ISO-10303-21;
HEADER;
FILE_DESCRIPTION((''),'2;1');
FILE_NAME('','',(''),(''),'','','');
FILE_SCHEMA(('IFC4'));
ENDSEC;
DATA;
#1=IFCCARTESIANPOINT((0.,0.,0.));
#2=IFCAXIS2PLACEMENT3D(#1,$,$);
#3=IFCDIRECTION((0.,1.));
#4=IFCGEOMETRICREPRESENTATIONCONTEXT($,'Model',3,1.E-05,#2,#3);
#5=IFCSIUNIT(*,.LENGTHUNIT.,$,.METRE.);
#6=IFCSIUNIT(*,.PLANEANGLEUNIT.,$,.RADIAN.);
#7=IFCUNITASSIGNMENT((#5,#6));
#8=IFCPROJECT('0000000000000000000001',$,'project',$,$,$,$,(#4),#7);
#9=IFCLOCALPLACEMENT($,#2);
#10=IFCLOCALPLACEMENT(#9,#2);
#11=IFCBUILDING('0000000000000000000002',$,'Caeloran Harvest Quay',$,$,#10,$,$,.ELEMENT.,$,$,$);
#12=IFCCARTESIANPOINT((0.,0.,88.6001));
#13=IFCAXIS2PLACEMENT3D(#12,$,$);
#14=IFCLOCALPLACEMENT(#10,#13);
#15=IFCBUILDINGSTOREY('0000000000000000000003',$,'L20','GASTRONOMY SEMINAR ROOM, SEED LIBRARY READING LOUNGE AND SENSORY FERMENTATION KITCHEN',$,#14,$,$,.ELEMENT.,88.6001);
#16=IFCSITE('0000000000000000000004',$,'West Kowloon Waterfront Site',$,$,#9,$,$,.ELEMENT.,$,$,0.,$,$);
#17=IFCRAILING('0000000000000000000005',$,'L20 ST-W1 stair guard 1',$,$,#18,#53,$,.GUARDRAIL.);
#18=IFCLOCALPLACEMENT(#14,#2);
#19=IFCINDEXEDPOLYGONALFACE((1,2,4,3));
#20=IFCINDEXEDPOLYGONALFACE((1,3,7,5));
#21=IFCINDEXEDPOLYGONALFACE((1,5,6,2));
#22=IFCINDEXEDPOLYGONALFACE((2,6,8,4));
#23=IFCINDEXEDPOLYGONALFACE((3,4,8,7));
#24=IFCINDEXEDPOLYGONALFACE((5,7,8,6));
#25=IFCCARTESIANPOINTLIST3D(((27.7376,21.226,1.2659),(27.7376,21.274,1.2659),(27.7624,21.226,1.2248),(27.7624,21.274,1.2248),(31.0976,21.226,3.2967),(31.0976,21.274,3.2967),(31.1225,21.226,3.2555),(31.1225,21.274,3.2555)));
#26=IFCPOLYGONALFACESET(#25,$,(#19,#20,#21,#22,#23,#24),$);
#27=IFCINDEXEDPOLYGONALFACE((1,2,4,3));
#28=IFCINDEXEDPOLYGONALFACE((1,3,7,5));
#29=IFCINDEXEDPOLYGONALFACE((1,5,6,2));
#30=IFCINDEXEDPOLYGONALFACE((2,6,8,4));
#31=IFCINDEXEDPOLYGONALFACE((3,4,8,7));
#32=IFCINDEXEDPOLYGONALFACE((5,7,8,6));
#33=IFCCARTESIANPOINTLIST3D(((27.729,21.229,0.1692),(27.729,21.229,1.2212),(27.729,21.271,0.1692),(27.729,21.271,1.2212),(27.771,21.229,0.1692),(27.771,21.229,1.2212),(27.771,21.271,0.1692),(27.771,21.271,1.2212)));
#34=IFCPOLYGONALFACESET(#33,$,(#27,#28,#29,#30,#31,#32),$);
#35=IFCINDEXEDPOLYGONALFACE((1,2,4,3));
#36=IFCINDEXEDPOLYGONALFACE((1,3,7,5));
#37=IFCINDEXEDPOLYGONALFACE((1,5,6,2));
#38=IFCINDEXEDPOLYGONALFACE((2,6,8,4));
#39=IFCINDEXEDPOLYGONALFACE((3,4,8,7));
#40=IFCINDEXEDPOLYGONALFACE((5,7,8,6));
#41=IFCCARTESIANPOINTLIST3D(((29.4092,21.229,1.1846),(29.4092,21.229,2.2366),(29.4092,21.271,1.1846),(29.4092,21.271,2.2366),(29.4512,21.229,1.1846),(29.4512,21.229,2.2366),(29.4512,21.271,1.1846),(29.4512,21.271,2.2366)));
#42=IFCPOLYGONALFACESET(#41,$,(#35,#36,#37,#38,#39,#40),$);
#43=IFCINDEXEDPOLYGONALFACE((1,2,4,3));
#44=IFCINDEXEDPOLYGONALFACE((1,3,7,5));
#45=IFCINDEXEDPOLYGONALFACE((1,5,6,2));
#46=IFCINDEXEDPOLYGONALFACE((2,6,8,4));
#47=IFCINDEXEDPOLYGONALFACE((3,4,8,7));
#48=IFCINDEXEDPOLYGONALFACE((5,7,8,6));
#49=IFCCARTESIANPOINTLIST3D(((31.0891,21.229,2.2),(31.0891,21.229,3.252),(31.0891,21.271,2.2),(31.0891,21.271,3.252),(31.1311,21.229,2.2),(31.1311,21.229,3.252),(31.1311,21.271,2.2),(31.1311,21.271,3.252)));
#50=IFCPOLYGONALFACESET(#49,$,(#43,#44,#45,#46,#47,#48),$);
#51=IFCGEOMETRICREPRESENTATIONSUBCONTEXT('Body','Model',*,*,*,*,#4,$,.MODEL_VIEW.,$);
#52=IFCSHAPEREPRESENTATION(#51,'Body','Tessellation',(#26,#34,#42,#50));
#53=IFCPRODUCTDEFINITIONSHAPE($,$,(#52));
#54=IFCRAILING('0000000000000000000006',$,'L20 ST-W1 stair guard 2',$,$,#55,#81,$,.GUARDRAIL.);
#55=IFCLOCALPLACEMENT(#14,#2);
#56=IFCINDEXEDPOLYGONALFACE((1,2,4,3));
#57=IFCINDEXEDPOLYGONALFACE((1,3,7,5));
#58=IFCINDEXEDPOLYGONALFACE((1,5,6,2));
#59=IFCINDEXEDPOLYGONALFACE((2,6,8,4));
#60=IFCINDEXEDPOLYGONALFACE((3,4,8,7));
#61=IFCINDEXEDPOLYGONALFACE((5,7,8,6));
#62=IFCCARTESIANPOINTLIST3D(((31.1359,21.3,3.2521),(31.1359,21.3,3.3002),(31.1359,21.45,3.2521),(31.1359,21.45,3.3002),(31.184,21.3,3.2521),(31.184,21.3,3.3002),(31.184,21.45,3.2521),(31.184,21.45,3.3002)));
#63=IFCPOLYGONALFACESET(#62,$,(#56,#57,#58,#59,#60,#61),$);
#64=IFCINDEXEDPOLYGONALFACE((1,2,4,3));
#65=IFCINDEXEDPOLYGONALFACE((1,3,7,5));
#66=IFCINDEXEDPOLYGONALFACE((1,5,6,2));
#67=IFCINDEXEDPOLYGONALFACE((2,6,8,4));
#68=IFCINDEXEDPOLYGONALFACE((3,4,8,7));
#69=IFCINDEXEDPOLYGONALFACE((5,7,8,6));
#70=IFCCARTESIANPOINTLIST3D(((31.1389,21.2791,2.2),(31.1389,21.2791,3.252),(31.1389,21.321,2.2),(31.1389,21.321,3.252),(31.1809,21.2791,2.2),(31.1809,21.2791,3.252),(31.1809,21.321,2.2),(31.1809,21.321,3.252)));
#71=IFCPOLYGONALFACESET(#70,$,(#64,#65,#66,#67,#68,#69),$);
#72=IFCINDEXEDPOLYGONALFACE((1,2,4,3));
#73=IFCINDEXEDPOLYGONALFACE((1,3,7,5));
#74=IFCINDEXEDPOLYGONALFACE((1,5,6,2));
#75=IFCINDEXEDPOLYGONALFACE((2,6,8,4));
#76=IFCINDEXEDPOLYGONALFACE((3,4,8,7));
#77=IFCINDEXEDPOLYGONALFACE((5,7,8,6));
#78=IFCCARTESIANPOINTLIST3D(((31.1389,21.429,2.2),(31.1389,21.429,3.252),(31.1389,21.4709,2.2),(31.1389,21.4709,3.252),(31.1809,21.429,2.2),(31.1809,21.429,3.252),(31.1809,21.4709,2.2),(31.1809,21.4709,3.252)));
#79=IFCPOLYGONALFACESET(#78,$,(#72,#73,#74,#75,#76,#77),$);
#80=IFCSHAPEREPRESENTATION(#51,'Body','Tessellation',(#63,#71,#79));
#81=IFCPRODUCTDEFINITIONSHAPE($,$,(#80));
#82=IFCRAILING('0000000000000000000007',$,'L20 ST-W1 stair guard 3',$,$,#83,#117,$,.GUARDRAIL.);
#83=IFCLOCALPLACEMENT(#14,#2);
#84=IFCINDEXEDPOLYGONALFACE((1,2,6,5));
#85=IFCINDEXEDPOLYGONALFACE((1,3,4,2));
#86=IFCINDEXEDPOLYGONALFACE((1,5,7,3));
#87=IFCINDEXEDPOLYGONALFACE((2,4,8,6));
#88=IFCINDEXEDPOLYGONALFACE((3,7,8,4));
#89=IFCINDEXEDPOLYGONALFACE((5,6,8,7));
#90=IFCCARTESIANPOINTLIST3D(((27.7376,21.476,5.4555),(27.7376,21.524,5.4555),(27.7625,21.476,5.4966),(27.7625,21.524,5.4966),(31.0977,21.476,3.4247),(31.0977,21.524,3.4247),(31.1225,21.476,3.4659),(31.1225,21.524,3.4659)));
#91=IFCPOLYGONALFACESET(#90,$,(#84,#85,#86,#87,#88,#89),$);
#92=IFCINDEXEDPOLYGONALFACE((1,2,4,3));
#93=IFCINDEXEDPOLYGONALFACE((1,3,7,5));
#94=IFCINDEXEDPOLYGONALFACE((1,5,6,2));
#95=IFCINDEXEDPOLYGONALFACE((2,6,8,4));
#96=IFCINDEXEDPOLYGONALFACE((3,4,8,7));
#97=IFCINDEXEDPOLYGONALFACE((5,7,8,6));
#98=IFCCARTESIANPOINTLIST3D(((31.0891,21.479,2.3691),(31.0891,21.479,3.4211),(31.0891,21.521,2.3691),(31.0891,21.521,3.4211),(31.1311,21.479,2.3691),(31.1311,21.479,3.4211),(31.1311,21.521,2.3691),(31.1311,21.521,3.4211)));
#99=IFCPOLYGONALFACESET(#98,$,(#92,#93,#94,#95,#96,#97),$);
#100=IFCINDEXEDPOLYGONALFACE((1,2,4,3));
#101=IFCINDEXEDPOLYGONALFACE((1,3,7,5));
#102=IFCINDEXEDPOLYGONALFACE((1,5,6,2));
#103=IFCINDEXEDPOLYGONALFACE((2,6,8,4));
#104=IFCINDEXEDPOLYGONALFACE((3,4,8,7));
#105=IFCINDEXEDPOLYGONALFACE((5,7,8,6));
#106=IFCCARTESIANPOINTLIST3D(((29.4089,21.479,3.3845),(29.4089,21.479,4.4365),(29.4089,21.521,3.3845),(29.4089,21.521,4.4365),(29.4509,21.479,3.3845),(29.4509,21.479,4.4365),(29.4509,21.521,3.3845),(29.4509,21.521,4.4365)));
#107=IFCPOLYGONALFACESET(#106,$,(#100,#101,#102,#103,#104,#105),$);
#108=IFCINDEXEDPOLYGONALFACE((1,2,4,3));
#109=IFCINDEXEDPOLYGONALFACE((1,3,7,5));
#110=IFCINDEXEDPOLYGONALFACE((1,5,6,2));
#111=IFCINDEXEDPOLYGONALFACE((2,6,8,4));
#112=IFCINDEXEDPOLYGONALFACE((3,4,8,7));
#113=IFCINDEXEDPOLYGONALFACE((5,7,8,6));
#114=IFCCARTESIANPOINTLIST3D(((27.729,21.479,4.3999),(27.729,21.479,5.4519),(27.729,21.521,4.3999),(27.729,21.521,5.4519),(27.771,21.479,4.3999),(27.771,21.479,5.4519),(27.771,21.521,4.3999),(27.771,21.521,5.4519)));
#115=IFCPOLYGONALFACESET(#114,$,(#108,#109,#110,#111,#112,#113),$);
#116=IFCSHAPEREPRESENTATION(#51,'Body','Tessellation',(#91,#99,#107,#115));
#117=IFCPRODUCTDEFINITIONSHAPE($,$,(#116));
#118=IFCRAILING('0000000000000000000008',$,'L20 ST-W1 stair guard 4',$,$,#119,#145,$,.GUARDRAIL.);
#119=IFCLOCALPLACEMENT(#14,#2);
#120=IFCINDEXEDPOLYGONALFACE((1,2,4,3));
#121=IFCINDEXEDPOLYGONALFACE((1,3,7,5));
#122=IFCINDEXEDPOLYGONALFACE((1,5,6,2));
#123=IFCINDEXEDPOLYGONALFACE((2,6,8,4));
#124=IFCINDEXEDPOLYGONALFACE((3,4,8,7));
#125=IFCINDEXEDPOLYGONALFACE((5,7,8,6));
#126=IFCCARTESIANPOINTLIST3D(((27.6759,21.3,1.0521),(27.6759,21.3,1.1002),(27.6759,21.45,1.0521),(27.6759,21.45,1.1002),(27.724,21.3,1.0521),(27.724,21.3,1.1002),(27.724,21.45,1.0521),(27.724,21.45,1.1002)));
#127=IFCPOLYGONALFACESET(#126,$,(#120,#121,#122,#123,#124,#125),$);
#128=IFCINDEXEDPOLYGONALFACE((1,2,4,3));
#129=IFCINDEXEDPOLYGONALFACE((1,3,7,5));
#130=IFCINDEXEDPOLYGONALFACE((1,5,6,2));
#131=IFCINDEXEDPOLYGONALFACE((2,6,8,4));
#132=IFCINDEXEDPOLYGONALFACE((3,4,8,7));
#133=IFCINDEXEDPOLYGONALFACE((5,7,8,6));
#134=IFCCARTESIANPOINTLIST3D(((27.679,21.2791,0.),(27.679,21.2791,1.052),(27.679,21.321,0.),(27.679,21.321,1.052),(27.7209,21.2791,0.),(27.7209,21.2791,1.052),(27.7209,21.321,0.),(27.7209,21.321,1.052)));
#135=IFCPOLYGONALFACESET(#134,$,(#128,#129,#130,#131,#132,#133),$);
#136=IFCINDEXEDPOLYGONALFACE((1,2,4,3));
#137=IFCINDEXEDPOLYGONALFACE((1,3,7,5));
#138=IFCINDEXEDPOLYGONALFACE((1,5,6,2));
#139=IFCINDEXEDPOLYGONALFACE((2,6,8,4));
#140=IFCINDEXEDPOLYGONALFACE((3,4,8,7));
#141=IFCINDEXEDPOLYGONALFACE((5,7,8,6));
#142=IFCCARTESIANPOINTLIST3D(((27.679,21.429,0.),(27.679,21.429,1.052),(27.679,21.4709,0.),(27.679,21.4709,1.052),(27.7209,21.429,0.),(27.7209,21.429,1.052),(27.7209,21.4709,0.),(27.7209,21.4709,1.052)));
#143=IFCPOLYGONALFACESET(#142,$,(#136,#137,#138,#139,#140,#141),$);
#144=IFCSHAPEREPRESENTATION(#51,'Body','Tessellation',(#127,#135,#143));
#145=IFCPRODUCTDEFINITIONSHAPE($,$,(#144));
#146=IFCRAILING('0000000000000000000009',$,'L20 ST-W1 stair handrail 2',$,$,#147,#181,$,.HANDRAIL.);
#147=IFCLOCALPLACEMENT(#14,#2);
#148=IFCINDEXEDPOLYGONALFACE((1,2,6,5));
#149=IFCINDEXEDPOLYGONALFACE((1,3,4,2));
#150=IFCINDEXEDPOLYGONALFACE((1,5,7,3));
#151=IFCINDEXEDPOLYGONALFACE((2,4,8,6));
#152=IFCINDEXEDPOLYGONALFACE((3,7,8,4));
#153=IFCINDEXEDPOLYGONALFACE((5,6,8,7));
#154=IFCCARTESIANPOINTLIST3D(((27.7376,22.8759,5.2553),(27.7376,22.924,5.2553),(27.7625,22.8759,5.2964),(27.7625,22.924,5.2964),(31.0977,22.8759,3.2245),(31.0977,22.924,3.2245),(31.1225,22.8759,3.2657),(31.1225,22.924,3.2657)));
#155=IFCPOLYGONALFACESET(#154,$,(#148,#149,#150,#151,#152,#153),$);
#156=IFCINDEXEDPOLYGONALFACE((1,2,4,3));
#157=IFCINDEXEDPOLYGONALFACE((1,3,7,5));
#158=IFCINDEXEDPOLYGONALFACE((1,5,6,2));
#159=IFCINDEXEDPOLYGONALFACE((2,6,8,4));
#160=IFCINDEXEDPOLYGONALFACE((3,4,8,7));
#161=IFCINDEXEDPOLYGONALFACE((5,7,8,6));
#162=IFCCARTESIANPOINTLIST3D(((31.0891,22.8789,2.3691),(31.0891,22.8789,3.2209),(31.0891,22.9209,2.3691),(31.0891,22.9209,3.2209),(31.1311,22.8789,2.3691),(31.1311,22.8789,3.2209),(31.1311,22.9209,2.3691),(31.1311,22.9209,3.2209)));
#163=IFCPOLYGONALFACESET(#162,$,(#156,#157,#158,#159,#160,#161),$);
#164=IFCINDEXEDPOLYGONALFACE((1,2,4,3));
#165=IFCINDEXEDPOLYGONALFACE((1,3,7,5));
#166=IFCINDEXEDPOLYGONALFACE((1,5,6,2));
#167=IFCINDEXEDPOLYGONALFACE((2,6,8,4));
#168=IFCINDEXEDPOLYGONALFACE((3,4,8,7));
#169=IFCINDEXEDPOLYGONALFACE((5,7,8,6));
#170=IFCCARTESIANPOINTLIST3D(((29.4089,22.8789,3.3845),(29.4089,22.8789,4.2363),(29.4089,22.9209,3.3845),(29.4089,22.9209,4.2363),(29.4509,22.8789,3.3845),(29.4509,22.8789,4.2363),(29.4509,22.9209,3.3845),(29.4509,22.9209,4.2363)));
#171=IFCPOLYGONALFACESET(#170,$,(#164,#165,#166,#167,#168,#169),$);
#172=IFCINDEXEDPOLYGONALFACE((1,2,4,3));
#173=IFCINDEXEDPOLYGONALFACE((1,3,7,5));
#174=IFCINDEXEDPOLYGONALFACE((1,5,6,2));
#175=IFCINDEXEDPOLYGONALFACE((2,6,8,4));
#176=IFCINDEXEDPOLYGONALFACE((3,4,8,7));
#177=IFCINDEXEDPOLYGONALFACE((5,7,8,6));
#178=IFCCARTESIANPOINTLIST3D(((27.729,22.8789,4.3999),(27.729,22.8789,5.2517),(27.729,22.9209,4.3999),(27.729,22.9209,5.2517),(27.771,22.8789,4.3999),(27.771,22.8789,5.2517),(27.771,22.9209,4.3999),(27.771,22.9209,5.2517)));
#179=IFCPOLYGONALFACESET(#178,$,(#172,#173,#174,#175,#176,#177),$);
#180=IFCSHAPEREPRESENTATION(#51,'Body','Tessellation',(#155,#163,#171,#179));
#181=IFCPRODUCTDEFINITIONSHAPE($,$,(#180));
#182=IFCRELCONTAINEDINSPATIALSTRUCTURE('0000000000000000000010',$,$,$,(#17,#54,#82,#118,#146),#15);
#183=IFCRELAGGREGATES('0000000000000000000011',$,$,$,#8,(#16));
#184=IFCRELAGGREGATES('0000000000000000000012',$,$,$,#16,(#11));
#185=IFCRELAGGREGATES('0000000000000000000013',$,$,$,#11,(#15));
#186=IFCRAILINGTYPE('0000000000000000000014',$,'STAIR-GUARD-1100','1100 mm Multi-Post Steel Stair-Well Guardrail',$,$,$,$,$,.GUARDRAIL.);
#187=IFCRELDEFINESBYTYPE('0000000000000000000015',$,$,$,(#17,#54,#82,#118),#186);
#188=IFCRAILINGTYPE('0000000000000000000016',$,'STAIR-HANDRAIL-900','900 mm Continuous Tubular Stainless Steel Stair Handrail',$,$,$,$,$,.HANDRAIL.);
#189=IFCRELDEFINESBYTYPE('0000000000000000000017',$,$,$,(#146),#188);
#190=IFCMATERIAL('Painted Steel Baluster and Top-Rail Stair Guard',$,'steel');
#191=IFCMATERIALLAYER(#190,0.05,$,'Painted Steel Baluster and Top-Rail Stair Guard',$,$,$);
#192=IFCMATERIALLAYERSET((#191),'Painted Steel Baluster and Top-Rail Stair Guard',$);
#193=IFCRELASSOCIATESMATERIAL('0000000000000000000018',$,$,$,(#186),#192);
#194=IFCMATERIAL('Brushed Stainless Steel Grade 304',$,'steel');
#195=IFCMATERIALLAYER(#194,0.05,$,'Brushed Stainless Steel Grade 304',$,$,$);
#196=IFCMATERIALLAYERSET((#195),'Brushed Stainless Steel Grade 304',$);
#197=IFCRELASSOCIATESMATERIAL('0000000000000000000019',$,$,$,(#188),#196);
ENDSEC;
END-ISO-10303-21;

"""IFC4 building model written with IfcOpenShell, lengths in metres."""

from ifc_helpers import new_model, si_unit, direction, frame, origin, origin_2d, place, context, subcontext, project, spatial, rectangle, extrude, material, layer, layer_set, type_object, element, save


model = new_model("IFC4")

# Units and contexts
model_context = context("Model", 3, precision=1e-05, world=origin(), true_north=direction((0.0, 1.0)))
body_context = subcontext(model_context, "Body", "Model", "MODEL_VIEW")
ifc_project = project(units=[si_unit("LENGTHUNIT", "METRE"), si_unit("PLANEANGLEUNIT", "RADIAN")], contexts=[model_context])

# Site, building, storey
site_placement = place(None, origin())
site = spatial("IfcSite", under=ifc_project, at=site_placement, Name="West Kowloon Waterfront Site", CompositionType="ELEMENT", RefElevation=0.0)
building_placement = place(site_placement, origin())
building = spatial("IfcBuilding", under=site, at=building_placement, Name="Caeloran Harvest Quay", CompositionType="ELEMENT")
storey_placement = place(building_placement, frame((0.0, 0.0, 88.6001)))
storey = spatial("IfcBuildingStorey", under=building, at=storey_placement, Name="L20", Description="GASTRONOMY SEMINAR ROOM, SEED LIBRARY READING LOUNGE AND SENSORY FERMENTATION KITCHEN", CompositionType="ELEMENT", Elevation=88.6001)

# Railings
ifc_material_1 = material(Name="Painted Steel Baluster and Top-Rail Stair Guard", Category="steel")
ifc_layer_1 = layer(ifc_material_1, 0.05, Name="Painted Steel Baluster and Top-Rail Stair Guard")
ifc_layer_set_1 = layer_set([ifc_layer_1], Name="Painted Steel Baluster and Top-Rail Stair Guard")
railing_type_1 = type_object("IfcRailingType", Name="STAIR-GUARD-1100", Description="1100 mm Multi-Post Steel Stair-Well Guardrail", PredefinedType="GUARDRAIL", material=ifc_layer_set_1)
railing_1_placement = place(storey_placement, frame((27.75, 21.25, 0.1692)))
element("IfcRailing", 1, at=railing_1_placement, inside=storey, type_object=railing_type_1, Name="L20 ST-W1 stair guard 1", PredefinedType="GUARDRAIL", context=body_context, shape_type="SweptSolid", body=[
    extrude(rectangle(XDim=0.0481, YDim=0.0481, at=origin_2d()), frame((0.0, 0.0, 1.0762), z_axis=(0.855837, 0.0, 0.517246), x_axis=(0.0, 1.0, 0.0)), (0.0, 0.0, 1.0), 3.926),
    extrude(rectangle(XDim=0.042, YDim=0.042, at=origin_2d()), origin(), (0.0, 0.0, 1.0), 1.052),
    extrude(rectangle(XDim=0.042, YDim=0.042, at=origin_2d()), frame((1.6802, 0.0, 1.0154)), (0.0, 0.0, 1.0), 1.052),
    extrude(rectangle(XDim=0.042, YDim=0.042, at=origin_2d()), frame((3.3601, 0.0, 2.0308)), (0.0, 0.0, 1.0), 1.052),
])
railing_2_placement = place(storey_placement, frame((31.1599, 21.3, 2.2)))
element("IfcRailing", 2, at=railing_2_placement, inside=storey, type_object=railing_type_1, Name="L20 ST-W1 stair guard 2", PredefinedType="GUARDRAIL", context=body_context, shape_type="SweptSolid", body=[
    extrude(rectangle(XDim=0.0481, YDim=0.0481, at=origin_2d()), frame((0.0, 0.0, 1.0762), z_axis=(0.0, 1.0, 0.0), x_axis=(-1.0, 0.0, 0.0)), (0.0, 0.0, 1.0), 0.1499),
    extrude(rectangle(XDim=0.042, YDim=0.042, at=origin_2d()), origin(), (0.0, 0.0, 1.0), 1.052),
    extrude(rectangle(XDim=0.042, YDim=0.042, at=origin_2d()), frame((0.0, 0.1499, 0.0)), (0.0, 0.0, 1.0), 1.052),
])
railing_3_placement = place(storey_placement, frame((31.1101, 21.5, 2.3691)))
element("IfcRailing", 3, at=railing_3_placement, inside=storey, type_object=railing_type_1, Name="L20 ST-W1 stair guard 3", PredefinedType="GUARDRAIL", context=body_context, shape_type="SweptSolid", body=[
    extrude(rectangle(XDim=0.0481, YDim=0.0481, at=origin_2d()), frame((0.0, 0.0, 1.0762), z_axis=(-0.855837, 0.0, 0.517246), x_axis=(0.0, -1.0, 0.0)), (0.0, 0.0, 1.0), 3.926),
    extrude(rectangle(XDim=0.042, YDim=0.042, at=origin_2d()), origin(), (0.0, 0.0, 1.0), 1.052),
    extrude(rectangle(XDim=0.042, YDim=0.042, at=origin_2d()), frame((-1.6802, 0.0, 1.0154)), (0.0, 0.0, 1.0), 1.052),
    extrude(rectangle(XDim=0.042, YDim=0.042, at=origin_2d()), frame((-3.3601, 0.0, 2.0308)), (0.0, 0.0, 1.0), 1.052),
])
railing_4_placement = place(storey_placement, frame((27.7, 21.3, 0.0)))
element("IfcRailing", 4, at=railing_4_placement, inside=storey, type_object=railing_type_1, Name="L20 ST-W1 stair guard 4", PredefinedType="GUARDRAIL", context=body_context, shape_type="SweptSolid", body=[
    extrude(rectangle(XDim=0.0481, YDim=0.0481, at=origin_2d()), frame((0.0, 0.0, 1.0762), z_axis=(0.0, 1.0, 0.0), x_axis=(-1.0, 0.0, 0.0)), (0.0, 0.0, 1.0), 0.1499),
    extrude(rectangle(XDim=0.042, YDim=0.042, at=origin_2d()), origin(), (0.0, 0.0, 1.0), 1.052),
    extrude(rectangle(XDim=0.042, YDim=0.042, at=origin_2d()), frame((0.0, 0.1499, 0.0)), (0.0, 0.0, 1.0), 1.052),
])
ifc_material_2 = material(Name="Brushed Stainless Steel Grade 304", Category="steel")
ifc_layer_2 = layer(ifc_material_2, 0.05, Name="Brushed Stainless Steel Grade 304")
ifc_layer_set_2 = layer_set([ifc_layer_2], Name="Brushed Stainless Steel Grade 304")
railing_type_2 = type_object("IfcRailingType", Name="STAIR-HANDRAIL-900", Description="900 mm Continuous Tubular Stainless Steel Stair Handrail", PredefinedType="HANDRAIL", material=ifc_layer_set_2)
railing_5_placement = place(storey_placement, frame((31.1101, 22.8999, 2.3691)))
element("IfcRailing", 5, at=railing_5_placement, inside=storey, type_object=railing_type_2, Name="L20 ST-W1 stair handrail 2", PredefinedType="HANDRAIL", context=body_context, shape_type="SweptSolid", body=[
    extrude(rectangle(XDim=0.0481, YDim=0.0481, at=origin_2d()), frame((0.0, 0.0, 0.876), z_axis=(-0.855837, 0.0, 0.517246), x_axis=(0.0, -1.0, 0.0)), (0.0, 0.0, 1.0), 3.926),
    extrude(rectangle(XDim=0.042, YDim=0.042, at=origin_2d()), origin(), (0.0, 0.0, 1.0), 0.8518),
    extrude(rectangle(XDim=0.042, YDim=0.042, at=origin_2d()), frame((-1.6802, 0.0, 1.0154)), (0.0, 0.0, 1.0), 0.8518),
    extrude(rectangle(XDim=0.042, YDim=0.042, at=origin_2d()), frame((-3.3601, 0.0, 2.0308)), (0.0, 0.0, 1.0), 0.8518),
])

save(model, "model.ifc")
